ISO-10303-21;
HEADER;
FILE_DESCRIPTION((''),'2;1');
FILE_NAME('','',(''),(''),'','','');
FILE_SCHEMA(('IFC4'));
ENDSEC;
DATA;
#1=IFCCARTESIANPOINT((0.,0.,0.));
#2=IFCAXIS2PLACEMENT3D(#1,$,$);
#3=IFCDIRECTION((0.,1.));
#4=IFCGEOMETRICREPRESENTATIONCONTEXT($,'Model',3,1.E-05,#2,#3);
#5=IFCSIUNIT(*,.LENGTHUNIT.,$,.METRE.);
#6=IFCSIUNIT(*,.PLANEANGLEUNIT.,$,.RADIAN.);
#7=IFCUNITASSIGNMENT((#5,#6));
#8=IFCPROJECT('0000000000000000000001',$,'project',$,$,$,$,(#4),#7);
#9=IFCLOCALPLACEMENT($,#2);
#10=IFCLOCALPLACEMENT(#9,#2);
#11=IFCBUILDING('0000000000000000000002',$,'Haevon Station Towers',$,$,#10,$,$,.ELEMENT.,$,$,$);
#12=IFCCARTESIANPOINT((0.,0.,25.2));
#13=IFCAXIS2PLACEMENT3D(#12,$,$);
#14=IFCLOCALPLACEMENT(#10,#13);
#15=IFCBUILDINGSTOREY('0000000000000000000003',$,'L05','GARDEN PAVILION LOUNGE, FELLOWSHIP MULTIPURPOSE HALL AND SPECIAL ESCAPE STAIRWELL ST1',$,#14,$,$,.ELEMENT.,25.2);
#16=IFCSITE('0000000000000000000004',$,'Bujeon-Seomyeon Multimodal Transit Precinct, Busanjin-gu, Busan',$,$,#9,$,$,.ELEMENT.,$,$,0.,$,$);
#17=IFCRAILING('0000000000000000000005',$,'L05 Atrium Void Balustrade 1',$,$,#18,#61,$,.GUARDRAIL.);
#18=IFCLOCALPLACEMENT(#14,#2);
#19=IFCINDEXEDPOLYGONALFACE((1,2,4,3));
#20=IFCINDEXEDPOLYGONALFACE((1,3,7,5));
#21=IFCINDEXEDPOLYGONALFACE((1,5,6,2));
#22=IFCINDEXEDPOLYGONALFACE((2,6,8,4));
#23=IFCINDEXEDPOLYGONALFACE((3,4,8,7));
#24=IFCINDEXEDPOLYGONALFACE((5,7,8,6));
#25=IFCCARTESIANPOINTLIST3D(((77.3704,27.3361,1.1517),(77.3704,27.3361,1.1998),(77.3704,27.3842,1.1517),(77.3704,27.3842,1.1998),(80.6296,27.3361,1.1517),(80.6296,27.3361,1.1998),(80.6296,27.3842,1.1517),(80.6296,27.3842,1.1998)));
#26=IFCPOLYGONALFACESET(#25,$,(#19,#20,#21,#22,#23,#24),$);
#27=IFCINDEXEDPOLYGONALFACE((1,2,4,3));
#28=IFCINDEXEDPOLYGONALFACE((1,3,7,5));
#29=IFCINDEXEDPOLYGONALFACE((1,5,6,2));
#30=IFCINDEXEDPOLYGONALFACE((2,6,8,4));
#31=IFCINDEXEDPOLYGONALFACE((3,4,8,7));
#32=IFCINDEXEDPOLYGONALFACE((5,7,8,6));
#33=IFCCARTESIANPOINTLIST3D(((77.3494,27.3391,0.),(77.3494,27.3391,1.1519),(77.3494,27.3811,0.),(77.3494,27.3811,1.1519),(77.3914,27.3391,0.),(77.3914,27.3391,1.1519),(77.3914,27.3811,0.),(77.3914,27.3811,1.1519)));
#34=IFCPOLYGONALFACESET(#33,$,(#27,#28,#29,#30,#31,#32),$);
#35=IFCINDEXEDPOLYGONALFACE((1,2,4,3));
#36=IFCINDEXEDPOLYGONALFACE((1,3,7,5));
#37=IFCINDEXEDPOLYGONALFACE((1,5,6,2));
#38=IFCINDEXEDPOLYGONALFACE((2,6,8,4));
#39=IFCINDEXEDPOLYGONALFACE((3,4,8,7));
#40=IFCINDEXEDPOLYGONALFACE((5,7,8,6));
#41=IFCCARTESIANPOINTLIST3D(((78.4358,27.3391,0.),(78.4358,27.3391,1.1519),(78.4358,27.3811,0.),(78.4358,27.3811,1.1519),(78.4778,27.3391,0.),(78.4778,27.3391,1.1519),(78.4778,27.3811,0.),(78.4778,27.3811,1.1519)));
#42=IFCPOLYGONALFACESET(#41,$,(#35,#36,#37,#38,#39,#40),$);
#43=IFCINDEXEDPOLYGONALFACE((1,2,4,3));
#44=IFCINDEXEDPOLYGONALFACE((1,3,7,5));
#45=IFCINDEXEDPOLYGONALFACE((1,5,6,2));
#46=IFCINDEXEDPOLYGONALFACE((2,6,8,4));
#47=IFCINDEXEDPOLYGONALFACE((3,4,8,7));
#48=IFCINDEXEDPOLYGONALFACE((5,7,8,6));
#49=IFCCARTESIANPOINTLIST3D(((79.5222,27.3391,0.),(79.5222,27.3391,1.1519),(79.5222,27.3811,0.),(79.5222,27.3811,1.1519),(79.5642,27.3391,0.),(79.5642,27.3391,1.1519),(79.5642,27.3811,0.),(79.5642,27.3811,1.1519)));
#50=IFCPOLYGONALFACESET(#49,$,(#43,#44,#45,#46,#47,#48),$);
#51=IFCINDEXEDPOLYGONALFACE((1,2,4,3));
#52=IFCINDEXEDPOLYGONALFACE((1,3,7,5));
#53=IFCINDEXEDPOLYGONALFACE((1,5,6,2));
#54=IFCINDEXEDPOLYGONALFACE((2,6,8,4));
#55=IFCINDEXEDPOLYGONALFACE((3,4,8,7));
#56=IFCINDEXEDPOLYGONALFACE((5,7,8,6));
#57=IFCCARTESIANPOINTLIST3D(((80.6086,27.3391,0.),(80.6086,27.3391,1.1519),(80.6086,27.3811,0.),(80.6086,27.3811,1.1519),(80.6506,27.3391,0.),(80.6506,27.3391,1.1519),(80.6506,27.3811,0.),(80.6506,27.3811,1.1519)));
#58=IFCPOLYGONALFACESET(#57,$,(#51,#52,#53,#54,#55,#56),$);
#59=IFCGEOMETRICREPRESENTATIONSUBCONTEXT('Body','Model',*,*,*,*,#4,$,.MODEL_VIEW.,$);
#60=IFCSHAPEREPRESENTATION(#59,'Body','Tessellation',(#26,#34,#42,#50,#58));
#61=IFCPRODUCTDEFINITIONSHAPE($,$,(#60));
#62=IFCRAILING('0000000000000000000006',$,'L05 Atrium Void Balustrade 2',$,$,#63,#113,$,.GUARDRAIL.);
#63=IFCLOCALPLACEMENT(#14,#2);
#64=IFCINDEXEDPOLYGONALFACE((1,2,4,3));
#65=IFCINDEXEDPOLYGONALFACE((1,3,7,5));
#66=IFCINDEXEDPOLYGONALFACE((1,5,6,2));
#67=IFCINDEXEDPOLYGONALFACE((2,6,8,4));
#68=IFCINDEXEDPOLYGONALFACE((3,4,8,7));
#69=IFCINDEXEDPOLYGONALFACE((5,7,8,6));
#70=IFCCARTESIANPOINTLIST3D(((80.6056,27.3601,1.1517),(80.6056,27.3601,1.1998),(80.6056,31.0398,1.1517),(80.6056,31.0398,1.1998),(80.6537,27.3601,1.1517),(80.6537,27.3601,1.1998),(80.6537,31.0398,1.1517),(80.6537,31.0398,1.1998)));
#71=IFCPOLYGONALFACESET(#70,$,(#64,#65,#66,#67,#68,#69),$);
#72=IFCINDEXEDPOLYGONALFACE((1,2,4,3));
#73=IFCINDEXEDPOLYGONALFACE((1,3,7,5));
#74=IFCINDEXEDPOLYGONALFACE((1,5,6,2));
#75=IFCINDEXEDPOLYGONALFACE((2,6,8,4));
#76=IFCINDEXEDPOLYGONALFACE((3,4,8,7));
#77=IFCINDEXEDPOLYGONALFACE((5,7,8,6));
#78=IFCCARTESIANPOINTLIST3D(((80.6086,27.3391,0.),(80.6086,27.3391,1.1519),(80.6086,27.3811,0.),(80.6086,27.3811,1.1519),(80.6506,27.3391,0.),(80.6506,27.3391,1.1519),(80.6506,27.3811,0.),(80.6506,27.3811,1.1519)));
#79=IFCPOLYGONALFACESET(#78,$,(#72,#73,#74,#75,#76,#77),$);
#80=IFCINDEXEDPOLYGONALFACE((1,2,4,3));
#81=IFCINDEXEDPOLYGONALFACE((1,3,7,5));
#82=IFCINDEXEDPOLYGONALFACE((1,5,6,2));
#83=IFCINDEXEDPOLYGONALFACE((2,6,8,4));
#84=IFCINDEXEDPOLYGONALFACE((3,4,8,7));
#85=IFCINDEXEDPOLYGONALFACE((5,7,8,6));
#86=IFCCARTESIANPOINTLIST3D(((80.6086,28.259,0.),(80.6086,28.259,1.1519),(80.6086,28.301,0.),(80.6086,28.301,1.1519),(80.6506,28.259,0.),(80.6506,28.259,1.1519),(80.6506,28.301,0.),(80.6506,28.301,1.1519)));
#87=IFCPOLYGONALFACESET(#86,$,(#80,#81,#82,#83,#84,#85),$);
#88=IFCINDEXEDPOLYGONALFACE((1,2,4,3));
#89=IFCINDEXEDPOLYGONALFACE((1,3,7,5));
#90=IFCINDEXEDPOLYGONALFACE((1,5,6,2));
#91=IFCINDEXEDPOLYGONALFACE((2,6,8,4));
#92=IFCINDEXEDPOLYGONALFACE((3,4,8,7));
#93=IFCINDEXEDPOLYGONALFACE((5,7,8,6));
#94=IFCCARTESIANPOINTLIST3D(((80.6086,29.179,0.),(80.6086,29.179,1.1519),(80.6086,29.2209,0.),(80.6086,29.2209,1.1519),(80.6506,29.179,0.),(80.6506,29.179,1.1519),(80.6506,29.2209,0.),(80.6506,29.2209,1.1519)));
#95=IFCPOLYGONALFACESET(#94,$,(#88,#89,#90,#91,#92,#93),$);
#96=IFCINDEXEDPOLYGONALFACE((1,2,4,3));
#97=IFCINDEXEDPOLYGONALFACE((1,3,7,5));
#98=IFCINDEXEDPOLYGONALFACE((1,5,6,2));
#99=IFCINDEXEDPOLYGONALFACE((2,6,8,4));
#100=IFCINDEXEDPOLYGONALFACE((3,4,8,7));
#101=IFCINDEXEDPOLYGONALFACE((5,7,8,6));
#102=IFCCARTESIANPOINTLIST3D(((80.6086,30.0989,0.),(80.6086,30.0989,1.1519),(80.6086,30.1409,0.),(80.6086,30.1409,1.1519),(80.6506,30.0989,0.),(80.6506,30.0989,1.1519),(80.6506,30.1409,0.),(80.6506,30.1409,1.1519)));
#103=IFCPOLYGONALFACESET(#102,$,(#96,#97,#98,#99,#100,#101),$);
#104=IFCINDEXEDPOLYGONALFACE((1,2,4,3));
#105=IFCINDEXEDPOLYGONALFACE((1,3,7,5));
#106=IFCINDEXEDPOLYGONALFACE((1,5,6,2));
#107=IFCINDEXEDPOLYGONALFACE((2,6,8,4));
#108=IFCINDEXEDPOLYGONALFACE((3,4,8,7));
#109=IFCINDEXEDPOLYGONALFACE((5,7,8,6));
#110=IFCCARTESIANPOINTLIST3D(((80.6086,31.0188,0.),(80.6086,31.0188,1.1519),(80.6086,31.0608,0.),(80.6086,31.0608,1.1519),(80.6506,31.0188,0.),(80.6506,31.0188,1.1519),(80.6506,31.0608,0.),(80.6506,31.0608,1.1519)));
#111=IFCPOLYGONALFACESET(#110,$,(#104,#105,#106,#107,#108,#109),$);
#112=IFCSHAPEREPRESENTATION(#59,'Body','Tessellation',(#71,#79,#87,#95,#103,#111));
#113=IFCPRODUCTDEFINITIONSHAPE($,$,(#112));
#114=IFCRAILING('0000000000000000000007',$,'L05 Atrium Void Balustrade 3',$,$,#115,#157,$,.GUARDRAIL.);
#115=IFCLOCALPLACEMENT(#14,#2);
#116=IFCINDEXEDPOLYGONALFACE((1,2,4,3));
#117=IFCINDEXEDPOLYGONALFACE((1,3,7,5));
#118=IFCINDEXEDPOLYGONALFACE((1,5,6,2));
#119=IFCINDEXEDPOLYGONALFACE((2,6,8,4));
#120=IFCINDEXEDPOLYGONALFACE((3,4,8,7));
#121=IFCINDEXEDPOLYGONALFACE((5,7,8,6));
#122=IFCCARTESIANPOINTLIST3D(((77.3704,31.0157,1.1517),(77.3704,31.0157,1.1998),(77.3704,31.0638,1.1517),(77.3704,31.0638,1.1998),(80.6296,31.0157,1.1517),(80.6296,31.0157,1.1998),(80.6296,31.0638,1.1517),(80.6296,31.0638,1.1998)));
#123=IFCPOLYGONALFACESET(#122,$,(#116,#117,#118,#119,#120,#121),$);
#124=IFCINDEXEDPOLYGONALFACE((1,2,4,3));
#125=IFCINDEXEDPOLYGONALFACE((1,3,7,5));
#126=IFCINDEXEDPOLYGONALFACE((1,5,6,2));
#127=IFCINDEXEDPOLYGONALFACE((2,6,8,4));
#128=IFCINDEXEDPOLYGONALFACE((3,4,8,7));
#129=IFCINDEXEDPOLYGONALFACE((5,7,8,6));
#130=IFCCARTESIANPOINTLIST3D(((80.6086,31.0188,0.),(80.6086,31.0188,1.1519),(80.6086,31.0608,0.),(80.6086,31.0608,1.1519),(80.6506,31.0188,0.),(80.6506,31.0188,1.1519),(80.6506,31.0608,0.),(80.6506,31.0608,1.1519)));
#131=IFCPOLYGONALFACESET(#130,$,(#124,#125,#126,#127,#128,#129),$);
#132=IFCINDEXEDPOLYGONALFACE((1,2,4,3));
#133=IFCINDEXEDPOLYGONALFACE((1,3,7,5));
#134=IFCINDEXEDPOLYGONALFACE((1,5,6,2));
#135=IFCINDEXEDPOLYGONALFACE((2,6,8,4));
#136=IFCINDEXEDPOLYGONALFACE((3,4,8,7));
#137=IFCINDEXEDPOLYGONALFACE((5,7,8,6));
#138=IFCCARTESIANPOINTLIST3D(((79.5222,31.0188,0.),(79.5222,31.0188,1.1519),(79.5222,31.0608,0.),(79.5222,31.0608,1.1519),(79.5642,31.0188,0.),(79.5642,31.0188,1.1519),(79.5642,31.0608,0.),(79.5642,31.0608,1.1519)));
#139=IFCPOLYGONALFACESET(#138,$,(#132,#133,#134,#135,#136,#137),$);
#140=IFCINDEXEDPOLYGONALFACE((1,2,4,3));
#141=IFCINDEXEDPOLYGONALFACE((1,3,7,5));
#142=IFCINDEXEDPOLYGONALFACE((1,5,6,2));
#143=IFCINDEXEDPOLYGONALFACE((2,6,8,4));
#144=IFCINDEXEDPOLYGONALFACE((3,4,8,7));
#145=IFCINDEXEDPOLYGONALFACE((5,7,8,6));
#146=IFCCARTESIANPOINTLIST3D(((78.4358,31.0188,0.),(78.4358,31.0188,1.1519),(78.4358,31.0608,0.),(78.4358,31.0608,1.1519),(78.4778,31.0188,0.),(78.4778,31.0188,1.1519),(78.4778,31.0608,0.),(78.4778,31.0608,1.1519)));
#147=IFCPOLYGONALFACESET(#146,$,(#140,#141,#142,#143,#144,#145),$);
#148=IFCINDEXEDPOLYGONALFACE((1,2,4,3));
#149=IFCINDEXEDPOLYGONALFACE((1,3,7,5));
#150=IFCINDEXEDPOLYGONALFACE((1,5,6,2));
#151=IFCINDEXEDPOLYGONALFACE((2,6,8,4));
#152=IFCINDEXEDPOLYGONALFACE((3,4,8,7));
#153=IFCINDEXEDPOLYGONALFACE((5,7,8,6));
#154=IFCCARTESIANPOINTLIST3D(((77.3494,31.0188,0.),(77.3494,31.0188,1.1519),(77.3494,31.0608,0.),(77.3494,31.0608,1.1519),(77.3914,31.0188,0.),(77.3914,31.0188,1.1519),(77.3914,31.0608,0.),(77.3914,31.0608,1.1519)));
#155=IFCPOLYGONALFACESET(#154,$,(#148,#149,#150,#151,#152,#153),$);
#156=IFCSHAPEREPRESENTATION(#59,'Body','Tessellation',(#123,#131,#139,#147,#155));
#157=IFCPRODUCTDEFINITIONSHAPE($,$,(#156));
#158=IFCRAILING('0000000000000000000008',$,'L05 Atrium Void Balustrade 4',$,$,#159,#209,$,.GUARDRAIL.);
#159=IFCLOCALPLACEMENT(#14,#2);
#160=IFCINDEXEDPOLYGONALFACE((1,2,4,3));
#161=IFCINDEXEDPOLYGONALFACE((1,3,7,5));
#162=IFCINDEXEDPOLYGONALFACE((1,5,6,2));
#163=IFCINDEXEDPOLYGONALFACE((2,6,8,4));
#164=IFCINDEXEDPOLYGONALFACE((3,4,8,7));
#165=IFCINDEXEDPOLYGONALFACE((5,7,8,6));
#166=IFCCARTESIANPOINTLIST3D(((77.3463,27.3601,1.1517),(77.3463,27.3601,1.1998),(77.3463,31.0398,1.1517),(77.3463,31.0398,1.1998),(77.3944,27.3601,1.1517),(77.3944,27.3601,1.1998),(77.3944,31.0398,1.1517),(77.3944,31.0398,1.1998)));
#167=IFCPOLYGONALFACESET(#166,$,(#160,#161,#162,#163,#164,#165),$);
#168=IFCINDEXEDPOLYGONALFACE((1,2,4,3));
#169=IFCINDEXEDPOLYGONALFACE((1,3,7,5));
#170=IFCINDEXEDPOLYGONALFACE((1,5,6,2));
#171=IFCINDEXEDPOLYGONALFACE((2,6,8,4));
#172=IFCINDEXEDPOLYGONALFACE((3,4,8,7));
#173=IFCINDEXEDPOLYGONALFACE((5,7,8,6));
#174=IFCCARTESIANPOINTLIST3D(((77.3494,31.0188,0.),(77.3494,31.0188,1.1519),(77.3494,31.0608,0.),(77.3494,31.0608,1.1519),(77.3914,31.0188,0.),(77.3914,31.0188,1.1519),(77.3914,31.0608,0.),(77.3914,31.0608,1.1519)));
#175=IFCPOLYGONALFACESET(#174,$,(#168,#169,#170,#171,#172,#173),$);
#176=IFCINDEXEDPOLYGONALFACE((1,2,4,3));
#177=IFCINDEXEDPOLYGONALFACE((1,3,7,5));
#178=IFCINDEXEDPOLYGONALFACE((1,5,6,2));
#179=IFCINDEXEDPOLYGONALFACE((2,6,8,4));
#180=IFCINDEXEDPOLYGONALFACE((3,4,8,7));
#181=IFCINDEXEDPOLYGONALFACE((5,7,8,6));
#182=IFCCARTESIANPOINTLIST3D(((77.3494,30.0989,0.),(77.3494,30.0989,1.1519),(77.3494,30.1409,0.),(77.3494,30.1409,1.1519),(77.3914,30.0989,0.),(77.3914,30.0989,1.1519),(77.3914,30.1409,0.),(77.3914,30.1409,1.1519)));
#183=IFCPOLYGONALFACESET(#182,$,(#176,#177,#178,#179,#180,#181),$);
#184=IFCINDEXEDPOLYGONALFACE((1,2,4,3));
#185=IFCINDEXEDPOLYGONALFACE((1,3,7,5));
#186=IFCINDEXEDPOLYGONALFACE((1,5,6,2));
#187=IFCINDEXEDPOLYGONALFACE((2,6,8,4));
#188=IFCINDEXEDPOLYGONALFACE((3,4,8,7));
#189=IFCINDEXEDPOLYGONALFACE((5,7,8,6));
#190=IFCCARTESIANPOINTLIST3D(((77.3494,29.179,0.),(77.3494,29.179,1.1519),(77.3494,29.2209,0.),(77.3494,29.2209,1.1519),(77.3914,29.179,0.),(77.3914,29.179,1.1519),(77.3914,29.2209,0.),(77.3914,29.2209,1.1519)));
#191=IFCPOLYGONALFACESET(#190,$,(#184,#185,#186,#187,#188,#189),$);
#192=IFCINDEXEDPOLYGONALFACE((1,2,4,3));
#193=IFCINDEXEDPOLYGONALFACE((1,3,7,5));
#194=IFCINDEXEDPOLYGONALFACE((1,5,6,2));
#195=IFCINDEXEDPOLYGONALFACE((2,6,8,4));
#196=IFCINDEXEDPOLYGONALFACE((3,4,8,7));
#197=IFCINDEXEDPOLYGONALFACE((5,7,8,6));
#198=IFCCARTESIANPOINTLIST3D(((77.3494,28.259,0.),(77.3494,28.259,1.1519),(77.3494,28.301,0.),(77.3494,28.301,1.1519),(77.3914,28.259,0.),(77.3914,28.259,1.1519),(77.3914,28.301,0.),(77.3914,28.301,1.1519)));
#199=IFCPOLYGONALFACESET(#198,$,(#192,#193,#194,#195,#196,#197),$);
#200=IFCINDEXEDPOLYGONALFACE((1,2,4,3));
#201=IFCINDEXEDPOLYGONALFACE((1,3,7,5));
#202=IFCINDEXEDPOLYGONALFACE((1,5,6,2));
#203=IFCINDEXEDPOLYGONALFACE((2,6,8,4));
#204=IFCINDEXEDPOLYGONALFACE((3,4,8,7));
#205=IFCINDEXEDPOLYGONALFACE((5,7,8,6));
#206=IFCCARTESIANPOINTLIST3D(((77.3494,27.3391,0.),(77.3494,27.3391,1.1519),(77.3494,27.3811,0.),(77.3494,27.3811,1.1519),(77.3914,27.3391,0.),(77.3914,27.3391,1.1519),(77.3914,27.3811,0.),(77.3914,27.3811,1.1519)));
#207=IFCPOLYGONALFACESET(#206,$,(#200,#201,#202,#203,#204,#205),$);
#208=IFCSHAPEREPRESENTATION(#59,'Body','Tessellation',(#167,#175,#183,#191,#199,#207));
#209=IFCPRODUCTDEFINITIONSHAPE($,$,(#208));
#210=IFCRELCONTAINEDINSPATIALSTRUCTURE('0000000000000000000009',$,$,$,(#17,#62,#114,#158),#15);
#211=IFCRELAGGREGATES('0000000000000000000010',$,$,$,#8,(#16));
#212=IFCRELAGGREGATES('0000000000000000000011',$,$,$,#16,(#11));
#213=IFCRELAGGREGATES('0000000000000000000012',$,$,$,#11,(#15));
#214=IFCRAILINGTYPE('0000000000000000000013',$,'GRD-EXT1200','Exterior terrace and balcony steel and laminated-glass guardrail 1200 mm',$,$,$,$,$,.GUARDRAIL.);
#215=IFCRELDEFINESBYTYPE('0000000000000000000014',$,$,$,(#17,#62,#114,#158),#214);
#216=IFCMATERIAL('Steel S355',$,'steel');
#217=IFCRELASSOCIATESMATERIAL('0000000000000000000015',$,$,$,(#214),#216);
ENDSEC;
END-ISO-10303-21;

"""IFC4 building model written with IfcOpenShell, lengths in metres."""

from ifc_helpers import new_model, si_unit, direction, frame, origin, origin_2d, place, context, subcontext, project, spatial, rectangle, extrude, material, type_object, element, save


model = new_model("IFC4")

# Units and contexts
model_context = context("Model", 3, precision=1e-05, world=origin(), true_north=direction((0.0, 1.0)))
body_context = subcontext(model_context, "Body", "Model", "MODEL_VIEW")
ifc_project = project(units=[si_unit("LENGTHUNIT", "METRE"), si_unit("PLANEANGLEUNIT", "RADIAN")], contexts=[model_context])

# Site, building, storey
site_placement = place(None, origin())
site = spatial("IfcSite", under=ifc_project, at=site_placement, Name="Bujeon-Seomyeon Multimodal Transit Precinct, Busanjin-gu, Busan", CompositionType="ELEMENT", RefElevation=0.0)
building_placement = place(site_placement, origin())
building = spatial("IfcBuilding", under=site, at=building_placement, Name="Haevon Station Towers", CompositionType="ELEMENT")
storey_placement = place(building_placement, frame((0.0, 0.0, 25.2)))
storey = spatial("IfcBuildingStorey", under=building, at=storey_placement, Name="L05", Description="GARDEN PAVILION LOUNGE, FELLOWSHIP MULTIPURPOSE HALL AND SPECIAL ESCAPE STAIRWELL ST1", CompositionType="ELEMENT", Elevation=25.2)

# Shared definitions
ifc_material_1 = material(Name="Steel S355", Category="steel")

# Railings
railing_type = type_object("IfcRailingType", Name="GRD-EXT1200", Description="Exterior terrace and balcony steel and laminated-glass guardrail 1200 mm", PredefinedType="GUARDRAIL", material=ifc_material_1)
railing_1_placement = place(storey_placement, frame((77.3704, 27.3601, 0.0)))
element("IfcRailing", 1, at=railing_1_placement, inside=storey, type_object=railing_type, Name="L05 Atrium Void Balustrade 1", PredefinedType="GUARDRAIL", context=body_context, shape_type="SweptSolid", body=[
    extrude(rectangle(XDim=0.0481, YDim=0.0481, at=origin_2d()), frame((0.0, 0.0, 1.1758), z_axis=(1.0, 0.0, 0.0), x_axis=(0.0, 1.0, 0.0)), (0.0, 0.0, 1.0), 3.2593),
    extrude(rectangle(XDim=0.042, YDim=0.042, at=origin_2d()), origin(), (0.0, 0.0, 1.0), 1.1519),
    extrude(rectangle(XDim=0.042, YDim=0.042, at=origin_2d()), frame((1.0864, 0.0, 0.0)), (0.0, 0.0, 1.0), 1.1519),
    extrude(rectangle(XDim=0.042, YDim=0.042, at=origin_2d()), frame((2.1729, 0.0, 0.0)), (0.0, 0.0, 1.0), 1.1519),
    extrude(rectangle(XDim=0.042, YDim=0.042, at=origin_2d()), frame((3.2593, 0.0, 0.0)), (0.0, 0.0, 1.0), 1.1519),
])
railing_2_placement = place(storey_placement, frame((80.6296, 27.3601, 0.0)))
element("IfcRailing", 2, at=railing_2_placement, inside=storey, type_object=railing_type, Name="L05 Atrium Void Balustrade 2", PredefinedType="GUARDRAIL", context=body_context, shape_type="SweptSolid", body=[
    extrude(rectangle(XDim=0.0481, YDim=0.0481, at=origin_2d()), frame((0.0, 0.0, 1.1758), z_axis=(0.0, 1.0, 0.0), x_axis=(-1.0, 0.0, 0.0)), (0.0, 0.0, 1.0), 3.6797),
    extrude(rectangle(XDim=0.042, YDim=0.042, at=origin_2d()), origin(), (0.0, 0.0, 1.0), 1.1519),
    extrude(rectangle(XDim=0.042, YDim=0.042, at=origin_2d()), frame((0.0, 0.9199, 0.0)), (0.0, 0.0, 1.0), 1.1519),
    extrude(rectangle(XDim=0.042, YDim=0.042, at=origin_2d()), frame((0.0, 1.8398, 0.0)), (0.0, 0.0, 1.0), 1.1519),
    extrude(rectangle(XDim=0.042, YDim=0.042, at=origin_2d()), frame((0.0, 2.7598, 0.0)), (0.0, 0.0, 1.0), 1.1519),
    extrude(rectangle(XDim=0.042, YDim=0.042, at=origin_2d()), frame((0.0, 3.6797, 0.0)), (0.0, 0.0, 1.0), 1.1519),
])
railing_3_placement = place(storey_placement, frame((80.6296, 31.0398, 0.0)))
element("IfcRailing", 3, at=railing_3_placement, inside=storey, type_object=railing_type, Name="L05 Atrium Void Balustrade 3", PredefinedType="GUARDRAIL", context=body_context, shape_type="SweptSolid", body=[
    extrude(rectangle(XDim=0.0481, YDim=0.0481, at=origin_2d()), frame((0.0, 0.0, 1.1758), z_axis=(-1.0, 0.0, 0.0), x_axis=(0.0, -1.0, 0.0)), (0.0, 0.0, 1.0), 3.2593),
    extrude(rectangle(XDim=0.042, YDim=0.042, at=origin_2d()), origin(), (0.0, 0.0, 1.0), 1.1519),
    extrude(rectangle(XDim=0.042, YDim=0.042, at=origin_2d()), frame((-1.0864, 0.0, 0.0)), (0.0, 0.0, 1.0), 1.1519),
    extrude(rectangle(XDim=0.042, YDim=0.042, at=origin_2d()), frame((-2.1729, 0.0, 0.0)), (0.0, 0.0, 1.0), 1.1519),
    extrude(rectangle(XDim=0.042, YDim=0.042, at=origin_2d()), frame((-3.2593, 0.0, 0.0)), (0.0, 0.0, 1.0), 1.1519),
])
railing_4_placement = place(storey_placement, frame((77.3704, 31.0398, 0.0)))
element("IfcRailing", 4, at=railing_4_placement, inside=storey, type_object=railing_type, Name="L05 Atrium Void Balustrade 4", PredefinedType="GUARDRAIL", context=body_context, shape_type="SweptSolid", body=[
    extrude(rectangle(XDim=0.0481, YDim=0.0481, at=origin_2d()), frame((0.0, 0.0, 1.1758), z_axis=(0.0, -1.0, 0.0), x_axis=(1.0, 0.0, 0.0)), (0.0, 0.0, 1.0), 3.6797),
    extrude(rectangle(XDim=0.042, YDim=0.042, at=origin_2d()), origin(), (0.0, 0.0, 1.0), 1.1519),
    extrude(rectangle(XDim=0.042, YDim=0.042, at=origin_2d()), frame((0.0, -0.9199, 0.0)), (0.0, 0.0, 1.0), 1.1519),
    extrude(rectangle(XDim=0.042, YDim=0.042, at=origin_2d()), frame((0.0, -1.8398, 0.0)), (0.0, 0.0, 1.0), 1.1519),
    extrude(rectangle(XDim=0.042, YDim=0.042, at=origin_2d()), frame((0.0, -2.7598, 0.0)), (0.0, 0.0, 1.0), 1.1519),
    extrude(rectangle(XDim=0.042, YDim=0.042, at=origin_2d()), frame((0.0, -3.6797, 0.0)), (0.0, 0.0, 1.0), 1.1519),
])

save(model, "model.ifc")
